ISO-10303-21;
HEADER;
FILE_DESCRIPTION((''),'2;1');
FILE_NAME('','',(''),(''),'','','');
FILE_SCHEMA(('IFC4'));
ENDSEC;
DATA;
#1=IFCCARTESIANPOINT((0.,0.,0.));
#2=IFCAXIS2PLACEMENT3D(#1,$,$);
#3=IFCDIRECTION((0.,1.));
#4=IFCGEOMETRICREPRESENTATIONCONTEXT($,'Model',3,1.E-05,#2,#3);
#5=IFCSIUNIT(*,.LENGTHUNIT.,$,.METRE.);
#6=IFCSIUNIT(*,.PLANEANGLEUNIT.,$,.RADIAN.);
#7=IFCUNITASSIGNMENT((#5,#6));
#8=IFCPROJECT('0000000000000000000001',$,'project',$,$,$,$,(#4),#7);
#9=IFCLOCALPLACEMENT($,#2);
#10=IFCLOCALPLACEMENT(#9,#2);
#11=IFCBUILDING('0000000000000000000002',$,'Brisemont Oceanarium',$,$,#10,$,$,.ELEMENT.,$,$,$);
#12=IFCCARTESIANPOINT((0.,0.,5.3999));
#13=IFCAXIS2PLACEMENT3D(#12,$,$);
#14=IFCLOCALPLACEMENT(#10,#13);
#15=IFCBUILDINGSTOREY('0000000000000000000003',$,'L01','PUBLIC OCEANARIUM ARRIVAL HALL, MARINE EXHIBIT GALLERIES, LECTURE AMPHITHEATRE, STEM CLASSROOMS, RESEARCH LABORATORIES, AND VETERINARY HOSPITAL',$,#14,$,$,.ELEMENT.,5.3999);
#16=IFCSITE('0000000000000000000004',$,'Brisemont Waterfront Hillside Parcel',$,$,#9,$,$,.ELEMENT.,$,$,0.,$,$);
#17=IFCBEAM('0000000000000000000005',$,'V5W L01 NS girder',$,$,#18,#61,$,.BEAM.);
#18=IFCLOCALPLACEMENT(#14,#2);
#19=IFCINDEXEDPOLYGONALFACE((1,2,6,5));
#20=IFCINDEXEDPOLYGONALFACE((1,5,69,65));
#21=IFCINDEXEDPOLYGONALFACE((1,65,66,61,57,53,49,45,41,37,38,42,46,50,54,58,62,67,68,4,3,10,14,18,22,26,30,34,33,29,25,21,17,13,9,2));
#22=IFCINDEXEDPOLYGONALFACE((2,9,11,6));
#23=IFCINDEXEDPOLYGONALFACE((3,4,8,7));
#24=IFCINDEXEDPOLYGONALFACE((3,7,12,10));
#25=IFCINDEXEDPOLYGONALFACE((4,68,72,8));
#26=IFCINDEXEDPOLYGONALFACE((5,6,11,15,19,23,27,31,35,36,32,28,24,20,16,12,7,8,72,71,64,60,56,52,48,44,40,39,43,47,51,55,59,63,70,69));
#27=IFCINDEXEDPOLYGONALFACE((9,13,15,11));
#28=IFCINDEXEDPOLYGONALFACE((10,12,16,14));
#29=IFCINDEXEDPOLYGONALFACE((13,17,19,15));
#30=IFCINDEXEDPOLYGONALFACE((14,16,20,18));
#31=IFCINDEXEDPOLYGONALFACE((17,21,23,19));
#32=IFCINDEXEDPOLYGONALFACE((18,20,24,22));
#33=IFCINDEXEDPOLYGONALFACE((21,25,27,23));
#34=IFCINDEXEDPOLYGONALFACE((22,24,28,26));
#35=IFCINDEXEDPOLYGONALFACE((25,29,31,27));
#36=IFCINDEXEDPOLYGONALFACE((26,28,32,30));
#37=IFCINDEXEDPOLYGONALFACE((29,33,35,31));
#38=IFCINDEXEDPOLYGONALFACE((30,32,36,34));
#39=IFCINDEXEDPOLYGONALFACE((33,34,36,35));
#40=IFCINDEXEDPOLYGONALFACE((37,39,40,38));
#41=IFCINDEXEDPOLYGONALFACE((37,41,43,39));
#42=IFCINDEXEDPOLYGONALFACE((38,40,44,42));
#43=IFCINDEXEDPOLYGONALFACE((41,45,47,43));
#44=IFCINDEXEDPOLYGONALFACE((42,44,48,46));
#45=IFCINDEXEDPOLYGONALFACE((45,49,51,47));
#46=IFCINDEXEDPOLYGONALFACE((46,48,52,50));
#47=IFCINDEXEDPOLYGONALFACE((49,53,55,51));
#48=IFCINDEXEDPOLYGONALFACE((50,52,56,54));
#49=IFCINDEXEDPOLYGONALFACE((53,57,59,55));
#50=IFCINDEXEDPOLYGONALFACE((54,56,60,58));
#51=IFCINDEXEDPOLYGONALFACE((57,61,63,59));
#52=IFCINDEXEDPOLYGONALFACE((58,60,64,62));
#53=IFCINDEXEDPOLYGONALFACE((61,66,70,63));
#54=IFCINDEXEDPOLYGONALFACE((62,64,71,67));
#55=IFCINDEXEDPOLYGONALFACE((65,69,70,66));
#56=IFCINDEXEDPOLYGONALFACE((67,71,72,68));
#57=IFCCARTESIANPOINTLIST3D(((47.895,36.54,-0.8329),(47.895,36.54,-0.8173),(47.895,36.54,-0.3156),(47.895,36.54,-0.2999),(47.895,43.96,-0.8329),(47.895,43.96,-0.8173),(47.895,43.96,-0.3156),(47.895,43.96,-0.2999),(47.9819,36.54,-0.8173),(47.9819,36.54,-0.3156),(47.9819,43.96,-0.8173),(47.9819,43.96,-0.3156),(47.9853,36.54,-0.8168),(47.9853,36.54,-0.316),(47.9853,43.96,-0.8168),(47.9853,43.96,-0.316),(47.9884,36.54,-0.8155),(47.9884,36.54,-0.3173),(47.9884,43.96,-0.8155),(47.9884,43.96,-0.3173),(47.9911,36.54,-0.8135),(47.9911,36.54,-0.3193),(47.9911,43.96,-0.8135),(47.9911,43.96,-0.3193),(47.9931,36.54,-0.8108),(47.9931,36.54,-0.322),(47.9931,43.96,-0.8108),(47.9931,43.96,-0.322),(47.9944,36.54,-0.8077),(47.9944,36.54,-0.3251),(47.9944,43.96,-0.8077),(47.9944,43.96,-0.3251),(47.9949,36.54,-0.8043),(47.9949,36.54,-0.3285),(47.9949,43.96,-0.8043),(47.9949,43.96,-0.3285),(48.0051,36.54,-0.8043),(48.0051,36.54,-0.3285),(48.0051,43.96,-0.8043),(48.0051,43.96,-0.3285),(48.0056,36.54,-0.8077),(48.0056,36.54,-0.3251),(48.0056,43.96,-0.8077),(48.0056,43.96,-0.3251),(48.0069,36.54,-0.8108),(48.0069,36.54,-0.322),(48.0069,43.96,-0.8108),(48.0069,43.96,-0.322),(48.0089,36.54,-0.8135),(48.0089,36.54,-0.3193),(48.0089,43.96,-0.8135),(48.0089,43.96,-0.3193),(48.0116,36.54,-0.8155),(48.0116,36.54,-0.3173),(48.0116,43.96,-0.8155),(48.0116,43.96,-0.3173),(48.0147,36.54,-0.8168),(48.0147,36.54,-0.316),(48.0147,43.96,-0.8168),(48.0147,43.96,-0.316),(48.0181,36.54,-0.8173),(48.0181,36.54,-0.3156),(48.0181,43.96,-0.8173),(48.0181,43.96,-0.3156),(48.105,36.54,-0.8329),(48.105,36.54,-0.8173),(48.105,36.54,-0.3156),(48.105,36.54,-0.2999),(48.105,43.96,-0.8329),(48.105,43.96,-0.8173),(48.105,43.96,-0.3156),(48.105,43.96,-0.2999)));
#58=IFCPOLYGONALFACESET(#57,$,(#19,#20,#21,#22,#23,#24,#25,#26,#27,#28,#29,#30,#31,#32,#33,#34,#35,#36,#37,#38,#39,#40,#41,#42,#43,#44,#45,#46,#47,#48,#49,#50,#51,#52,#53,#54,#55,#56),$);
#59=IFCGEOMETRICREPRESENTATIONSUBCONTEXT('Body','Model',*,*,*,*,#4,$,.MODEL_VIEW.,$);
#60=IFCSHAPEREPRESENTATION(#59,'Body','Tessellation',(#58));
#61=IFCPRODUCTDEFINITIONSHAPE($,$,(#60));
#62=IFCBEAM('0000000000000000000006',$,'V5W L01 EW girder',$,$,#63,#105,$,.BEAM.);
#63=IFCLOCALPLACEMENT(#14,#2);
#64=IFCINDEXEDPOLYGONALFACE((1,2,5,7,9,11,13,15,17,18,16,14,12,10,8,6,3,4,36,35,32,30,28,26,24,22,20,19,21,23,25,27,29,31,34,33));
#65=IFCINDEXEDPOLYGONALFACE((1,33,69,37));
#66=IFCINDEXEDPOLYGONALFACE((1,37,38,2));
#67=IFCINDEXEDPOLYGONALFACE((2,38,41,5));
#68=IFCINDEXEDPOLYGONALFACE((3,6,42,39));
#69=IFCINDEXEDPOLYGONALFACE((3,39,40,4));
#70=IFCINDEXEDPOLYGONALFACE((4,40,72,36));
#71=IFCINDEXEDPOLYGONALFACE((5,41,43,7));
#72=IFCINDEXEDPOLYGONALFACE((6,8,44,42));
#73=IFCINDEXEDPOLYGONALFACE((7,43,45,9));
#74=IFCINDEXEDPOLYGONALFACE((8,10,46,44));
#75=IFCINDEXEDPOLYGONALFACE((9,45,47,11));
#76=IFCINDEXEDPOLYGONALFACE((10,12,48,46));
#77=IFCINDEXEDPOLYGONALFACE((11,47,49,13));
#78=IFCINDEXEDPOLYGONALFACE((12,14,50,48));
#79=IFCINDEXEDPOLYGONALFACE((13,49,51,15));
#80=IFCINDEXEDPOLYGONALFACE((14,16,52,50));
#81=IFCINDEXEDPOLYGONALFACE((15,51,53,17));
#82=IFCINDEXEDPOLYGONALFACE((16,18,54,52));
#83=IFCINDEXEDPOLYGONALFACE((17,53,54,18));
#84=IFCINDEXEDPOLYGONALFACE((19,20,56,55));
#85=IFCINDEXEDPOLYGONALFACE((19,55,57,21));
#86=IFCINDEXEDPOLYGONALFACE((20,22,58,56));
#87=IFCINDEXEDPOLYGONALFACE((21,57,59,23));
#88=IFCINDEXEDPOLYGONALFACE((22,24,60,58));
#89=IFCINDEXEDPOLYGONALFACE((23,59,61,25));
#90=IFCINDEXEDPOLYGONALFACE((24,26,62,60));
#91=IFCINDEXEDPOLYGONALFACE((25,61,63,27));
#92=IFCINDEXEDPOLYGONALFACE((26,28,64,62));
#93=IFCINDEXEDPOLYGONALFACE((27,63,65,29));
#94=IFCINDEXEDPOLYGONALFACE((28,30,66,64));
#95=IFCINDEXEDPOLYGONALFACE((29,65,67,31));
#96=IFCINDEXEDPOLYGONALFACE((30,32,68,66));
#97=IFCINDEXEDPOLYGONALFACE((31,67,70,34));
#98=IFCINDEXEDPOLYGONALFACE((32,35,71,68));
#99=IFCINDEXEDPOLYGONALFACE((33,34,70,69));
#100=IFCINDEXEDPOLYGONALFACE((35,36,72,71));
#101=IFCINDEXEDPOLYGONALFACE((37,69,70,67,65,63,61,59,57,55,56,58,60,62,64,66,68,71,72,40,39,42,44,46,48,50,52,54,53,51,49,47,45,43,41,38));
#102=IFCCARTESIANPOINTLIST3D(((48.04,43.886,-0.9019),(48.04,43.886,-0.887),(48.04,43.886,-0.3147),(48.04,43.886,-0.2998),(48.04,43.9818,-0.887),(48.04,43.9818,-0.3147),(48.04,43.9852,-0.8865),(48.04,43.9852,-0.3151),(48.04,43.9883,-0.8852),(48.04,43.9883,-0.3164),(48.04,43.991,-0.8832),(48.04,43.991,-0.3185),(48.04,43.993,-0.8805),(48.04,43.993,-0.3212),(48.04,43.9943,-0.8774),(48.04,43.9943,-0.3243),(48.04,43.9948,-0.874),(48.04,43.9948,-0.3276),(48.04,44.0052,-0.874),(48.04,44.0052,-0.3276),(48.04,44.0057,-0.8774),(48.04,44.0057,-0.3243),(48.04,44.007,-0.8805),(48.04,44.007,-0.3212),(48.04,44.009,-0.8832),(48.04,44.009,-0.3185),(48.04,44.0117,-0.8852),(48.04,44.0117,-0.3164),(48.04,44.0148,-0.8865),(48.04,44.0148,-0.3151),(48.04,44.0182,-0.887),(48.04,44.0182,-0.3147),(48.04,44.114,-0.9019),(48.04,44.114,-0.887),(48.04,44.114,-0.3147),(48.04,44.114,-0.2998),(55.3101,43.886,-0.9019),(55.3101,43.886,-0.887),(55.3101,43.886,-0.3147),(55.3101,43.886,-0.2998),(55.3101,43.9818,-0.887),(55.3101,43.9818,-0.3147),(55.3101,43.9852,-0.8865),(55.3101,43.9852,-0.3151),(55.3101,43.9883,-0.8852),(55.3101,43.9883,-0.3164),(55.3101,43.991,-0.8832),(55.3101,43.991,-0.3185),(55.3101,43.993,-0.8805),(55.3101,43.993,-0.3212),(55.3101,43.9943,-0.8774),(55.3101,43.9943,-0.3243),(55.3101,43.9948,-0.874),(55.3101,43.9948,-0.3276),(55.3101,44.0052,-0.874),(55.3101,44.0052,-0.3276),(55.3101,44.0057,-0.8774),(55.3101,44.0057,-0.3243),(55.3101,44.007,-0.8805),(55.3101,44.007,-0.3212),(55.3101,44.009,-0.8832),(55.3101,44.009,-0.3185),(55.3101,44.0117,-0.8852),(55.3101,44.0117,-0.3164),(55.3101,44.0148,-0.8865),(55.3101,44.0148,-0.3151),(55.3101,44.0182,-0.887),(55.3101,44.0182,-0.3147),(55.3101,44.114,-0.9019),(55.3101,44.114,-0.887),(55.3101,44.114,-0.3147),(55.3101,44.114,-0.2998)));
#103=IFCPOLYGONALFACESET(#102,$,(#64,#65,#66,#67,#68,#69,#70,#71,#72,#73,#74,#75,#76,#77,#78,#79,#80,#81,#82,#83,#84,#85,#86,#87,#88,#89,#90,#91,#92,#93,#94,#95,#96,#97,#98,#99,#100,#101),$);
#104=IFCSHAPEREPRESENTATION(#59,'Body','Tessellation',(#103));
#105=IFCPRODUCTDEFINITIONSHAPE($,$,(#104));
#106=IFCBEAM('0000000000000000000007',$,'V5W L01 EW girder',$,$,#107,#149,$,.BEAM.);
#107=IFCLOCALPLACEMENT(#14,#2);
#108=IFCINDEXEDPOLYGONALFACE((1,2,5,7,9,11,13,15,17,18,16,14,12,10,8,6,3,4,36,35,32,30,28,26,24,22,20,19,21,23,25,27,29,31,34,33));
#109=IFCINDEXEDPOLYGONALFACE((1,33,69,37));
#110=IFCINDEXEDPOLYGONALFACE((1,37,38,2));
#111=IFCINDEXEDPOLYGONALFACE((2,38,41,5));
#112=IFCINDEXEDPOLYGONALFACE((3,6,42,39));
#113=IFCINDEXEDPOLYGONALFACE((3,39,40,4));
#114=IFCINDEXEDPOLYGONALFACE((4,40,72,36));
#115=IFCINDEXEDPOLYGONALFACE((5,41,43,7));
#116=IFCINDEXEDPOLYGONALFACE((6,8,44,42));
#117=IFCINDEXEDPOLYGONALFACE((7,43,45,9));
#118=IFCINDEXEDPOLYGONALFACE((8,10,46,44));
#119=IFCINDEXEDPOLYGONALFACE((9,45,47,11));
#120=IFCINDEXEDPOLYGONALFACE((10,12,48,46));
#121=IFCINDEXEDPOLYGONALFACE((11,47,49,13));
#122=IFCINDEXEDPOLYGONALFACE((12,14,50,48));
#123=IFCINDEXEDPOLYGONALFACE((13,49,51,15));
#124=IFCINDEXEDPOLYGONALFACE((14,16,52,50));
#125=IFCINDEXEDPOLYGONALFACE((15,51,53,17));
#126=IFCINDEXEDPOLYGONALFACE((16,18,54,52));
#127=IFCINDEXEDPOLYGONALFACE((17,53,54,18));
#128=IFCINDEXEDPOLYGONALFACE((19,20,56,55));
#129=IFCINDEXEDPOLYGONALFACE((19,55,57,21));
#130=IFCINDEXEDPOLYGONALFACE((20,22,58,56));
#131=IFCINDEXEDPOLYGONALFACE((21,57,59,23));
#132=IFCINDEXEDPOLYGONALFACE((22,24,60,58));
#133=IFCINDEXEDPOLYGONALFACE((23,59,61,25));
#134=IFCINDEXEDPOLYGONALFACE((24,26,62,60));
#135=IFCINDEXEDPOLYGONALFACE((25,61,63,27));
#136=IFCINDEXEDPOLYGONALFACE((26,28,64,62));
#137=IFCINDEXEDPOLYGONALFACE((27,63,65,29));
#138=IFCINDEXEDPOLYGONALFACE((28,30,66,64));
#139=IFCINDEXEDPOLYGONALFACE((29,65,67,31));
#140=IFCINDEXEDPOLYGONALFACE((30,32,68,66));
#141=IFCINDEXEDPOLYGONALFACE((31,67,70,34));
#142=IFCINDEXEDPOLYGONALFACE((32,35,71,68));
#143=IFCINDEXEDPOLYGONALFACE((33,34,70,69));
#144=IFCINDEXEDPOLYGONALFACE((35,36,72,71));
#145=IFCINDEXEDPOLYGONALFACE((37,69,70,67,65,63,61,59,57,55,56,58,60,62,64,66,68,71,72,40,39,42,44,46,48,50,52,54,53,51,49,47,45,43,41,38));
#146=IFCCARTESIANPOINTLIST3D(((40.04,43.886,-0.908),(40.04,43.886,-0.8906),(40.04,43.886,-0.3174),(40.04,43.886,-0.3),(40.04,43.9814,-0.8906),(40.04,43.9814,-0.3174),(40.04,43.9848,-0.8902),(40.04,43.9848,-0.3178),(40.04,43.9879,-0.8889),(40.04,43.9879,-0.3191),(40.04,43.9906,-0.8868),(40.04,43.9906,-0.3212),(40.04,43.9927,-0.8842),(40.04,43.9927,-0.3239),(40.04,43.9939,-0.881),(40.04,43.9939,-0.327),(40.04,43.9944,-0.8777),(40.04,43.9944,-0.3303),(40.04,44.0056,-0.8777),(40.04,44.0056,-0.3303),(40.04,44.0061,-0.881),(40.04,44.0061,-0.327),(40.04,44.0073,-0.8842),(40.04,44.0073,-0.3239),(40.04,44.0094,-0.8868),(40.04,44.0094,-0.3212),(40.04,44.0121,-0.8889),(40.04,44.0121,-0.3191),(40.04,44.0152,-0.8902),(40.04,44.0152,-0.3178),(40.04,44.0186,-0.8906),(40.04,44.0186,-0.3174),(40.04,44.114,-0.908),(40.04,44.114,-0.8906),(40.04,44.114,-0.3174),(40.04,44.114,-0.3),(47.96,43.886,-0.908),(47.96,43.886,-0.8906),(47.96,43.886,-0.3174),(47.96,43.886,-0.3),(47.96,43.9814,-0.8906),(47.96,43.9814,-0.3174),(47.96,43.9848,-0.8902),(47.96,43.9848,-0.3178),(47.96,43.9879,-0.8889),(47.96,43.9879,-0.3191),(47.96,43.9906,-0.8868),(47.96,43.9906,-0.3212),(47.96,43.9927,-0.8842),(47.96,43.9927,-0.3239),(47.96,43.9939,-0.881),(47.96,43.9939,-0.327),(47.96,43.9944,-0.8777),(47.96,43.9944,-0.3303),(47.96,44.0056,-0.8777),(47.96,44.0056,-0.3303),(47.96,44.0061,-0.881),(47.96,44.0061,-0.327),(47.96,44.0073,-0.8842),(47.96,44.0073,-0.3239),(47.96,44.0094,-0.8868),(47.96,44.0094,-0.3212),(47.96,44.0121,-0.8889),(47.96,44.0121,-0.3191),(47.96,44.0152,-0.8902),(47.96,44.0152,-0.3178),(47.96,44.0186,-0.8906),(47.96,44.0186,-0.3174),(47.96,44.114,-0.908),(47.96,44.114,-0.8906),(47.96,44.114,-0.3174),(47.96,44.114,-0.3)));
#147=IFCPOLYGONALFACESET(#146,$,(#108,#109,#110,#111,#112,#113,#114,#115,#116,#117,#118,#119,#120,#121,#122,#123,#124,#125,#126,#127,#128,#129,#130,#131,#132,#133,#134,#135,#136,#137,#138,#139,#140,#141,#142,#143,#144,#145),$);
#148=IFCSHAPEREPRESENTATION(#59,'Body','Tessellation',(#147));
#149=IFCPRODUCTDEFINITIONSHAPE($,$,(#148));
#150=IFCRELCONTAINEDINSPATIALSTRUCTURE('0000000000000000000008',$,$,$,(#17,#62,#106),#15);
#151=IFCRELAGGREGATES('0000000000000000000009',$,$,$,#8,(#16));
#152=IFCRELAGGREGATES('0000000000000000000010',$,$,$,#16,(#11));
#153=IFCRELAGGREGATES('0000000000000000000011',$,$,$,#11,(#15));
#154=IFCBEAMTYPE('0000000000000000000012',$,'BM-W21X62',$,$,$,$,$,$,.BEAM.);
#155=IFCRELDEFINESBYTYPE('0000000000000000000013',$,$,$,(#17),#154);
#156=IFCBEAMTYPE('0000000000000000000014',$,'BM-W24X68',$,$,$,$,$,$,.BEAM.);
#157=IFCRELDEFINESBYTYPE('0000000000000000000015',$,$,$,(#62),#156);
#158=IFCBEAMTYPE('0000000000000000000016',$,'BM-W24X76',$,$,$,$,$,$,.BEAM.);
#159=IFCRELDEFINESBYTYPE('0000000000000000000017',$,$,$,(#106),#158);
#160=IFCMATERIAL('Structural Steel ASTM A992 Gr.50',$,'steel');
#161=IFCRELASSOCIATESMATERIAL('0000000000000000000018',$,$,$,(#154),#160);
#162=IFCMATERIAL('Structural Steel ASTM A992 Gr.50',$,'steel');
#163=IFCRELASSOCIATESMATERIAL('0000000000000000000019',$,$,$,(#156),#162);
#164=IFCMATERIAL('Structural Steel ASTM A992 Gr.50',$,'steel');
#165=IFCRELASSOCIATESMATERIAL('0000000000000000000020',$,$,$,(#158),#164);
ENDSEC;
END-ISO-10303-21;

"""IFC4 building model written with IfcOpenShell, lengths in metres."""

from ifc_helpers import new_model, si_unit, direction, frame, origin, origin_2d, place, context, subcontext, project, spatial, i_section, extrude, material, material_profile, profile_set, type_object, element, save


model = new_model("IFC4")

# Units and contexts
model_context = context("Model", 3, precision=1e-05, world=origin(), true_north=direction((0.0, 1.0)))
body_context = subcontext(model_context, "Body", "Model", "MODEL_VIEW")
ifc_project = project(units=[si_unit("LENGTHUNIT", "METRE"), si_unit("PLANEANGLEUNIT", "RADIAN")], contexts=[model_context])

# Site, building, storey
site_placement = place(None, origin())
site = spatial("IfcSite", under=ifc_project, at=site_placement, Name="Brisemont Waterfront Hillside Parcel", CompositionType="ELEMENT", RefElevation=0.0)
building_placement = place(site_placement, origin())
building = spatial("IfcBuilding", under=site, at=building_placement, Name="Brisemont Oceanarium", CompositionType="ELEMENT")
storey_placement = place(building_placement, frame((0.0, 0.0, 5.3999)))
storey = spatial("IfcBuildingStorey", under=building, at=storey_placement, Name="L01", Description="PUBLIC OCEANARIUM ARRIVAL HALL, MARINE EXHIBIT GALLERIES, LECTURE AMPHITHEATRE, STEM CLASSROOMS, RESEARCH LABORATORIES, AND VETERINARY HOSPITAL", CompositionType="ELEMENT", Elevation=5.3999)

# Beams
ifc_material_1 = material(Name="Structural Steel ASTM A992 Gr.50", Category="steel")
ifc_material_profile_1 = material_profile(ifc_material_1, i_section(OverallWidth=0.21, OverallDepth=0.533, WebThickness=0.0103, FlangeThickness=0.0156, FilletRadius=0.0129, at=origin_2d()), Name="W21X62")
ifc_profile_set_1 = profile_set([ifc_material_profile_1], Name="Structural Steel ASTM A992 Gr.50")
beam_type_1 = type_object("IfcBeamType", Name="BM-W21X62", PredefinedType="BEAM", material=ifc_profile_set_1)
beam_1_placement = place(storey_placement, frame((48.0, 36.54, -0.5664), z_axis=(0.0, 1.0, 0.0), x_axis=(-1.0, 0.0, 0.0)))
element("IfcBeam", 1, at=beam_1_placement, inside=storey, type_object=beam_type_1, Name="V5W L01 NS girder", PredefinedType="BEAM", context=body_context, shape_type="SweptSolid", body=[
    extrude(i_section(OverallWidth=0.21, OverallDepth=0.533, WebThickness=0.0103, FlangeThickness=0.0156, FilletRadius=0.0129, at=origin_2d()), origin(), (0.0, 0.0, 1.0), 7.4199),
])
ifc_material_2 = material(Name="Structural Steel ASTM A992 Gr.50", Category="steel")
ifc_material_profile_2 = material_profile(ifc_material_2, i_section(OverallWidth=0.228, OverallDepth=0.6021, WebThickness=0.0105, FlangeThickness=0.0149, FilletRadius=0.0129, at=origin_2d()), Name="W24X68")
ifc_profile_set_2 = profile_set([ifc_material_profile_2], Name="Structural Steel ASTM A992 Gr.50")
beam_type_2 = type_object("IfcBeamType", Name="BM-W24X68", PredefinedType="BEAM", material=ifc_profile_set_2)
beam_2_placement = place(storey_placement, frame((48.04, 44.0, -0.6008), z_axis=(1.0, 0.0, 0.0), x_axis=(0.0, 1.0, 0.0)))
element("IfcBeam", 2, at=beam_2_placement, inside=storey, type_object=beam_type_2, Name="V5W L01 EW girder", PredefinedType="BEAM", context=body_context, shape_type="SweptSolid", body=[
    extrude(i_section(OverallWidth=0.228, OverallDepth=0.6021, WebThickness=0.0105, FlangeThickness=0.0149, FilletRadius=0.0129, at=origin_2d()), origin(), (0.0, 0.0, 1.0), 7.27),
])
ifc_material_3 = material(Name="Structural Steel ASTM A992 Gr.50", Category="steel")
ifc_material_profile_3 = material_profile(ifc_material_3, i_section(OverallWidth=0.228, OverallDepth=0.6079, WebThickness=0.0112, FlangeThickness=0.0173, FilletRadius=0.0129, at=origin_2d()), Name="W24X76")
ifc_profile_set_3 = profile_set([ifc_material_profile_3], Name="Structural Steel ASTM A992 Gr.50")
beam_type_3 = type_object("IfcBeamType", Name="BM-W24X76", PredefinedType="BEAM", material=ifc_profile_set_3)
beam_3_placement = place(storey_placement, frame((40.04, 44.0, -0.604), z_axis=(1.0, 0.0, 0.0), x_axis=(0.0, 1.0, 0.0)))
element("IfcBeam", 3, at=beam_3_placement, inside=storey, type_object=beam_type_3, Name="V5W L01 EW girder", PredefinedType="BEAM", context=body_context, shape_type="SweptSolid", body=[
    extrude(i_section(OverallWidth=0.228, OverallDepth=0.6079, WebThickness=0.0112, FlangeThickness=0.0173, FilletRadius=0.0129, at=origin_2d()), origin(), (0.0, 0.0, 1.0), 7.9199),
])

save(model, "model.ifc")
